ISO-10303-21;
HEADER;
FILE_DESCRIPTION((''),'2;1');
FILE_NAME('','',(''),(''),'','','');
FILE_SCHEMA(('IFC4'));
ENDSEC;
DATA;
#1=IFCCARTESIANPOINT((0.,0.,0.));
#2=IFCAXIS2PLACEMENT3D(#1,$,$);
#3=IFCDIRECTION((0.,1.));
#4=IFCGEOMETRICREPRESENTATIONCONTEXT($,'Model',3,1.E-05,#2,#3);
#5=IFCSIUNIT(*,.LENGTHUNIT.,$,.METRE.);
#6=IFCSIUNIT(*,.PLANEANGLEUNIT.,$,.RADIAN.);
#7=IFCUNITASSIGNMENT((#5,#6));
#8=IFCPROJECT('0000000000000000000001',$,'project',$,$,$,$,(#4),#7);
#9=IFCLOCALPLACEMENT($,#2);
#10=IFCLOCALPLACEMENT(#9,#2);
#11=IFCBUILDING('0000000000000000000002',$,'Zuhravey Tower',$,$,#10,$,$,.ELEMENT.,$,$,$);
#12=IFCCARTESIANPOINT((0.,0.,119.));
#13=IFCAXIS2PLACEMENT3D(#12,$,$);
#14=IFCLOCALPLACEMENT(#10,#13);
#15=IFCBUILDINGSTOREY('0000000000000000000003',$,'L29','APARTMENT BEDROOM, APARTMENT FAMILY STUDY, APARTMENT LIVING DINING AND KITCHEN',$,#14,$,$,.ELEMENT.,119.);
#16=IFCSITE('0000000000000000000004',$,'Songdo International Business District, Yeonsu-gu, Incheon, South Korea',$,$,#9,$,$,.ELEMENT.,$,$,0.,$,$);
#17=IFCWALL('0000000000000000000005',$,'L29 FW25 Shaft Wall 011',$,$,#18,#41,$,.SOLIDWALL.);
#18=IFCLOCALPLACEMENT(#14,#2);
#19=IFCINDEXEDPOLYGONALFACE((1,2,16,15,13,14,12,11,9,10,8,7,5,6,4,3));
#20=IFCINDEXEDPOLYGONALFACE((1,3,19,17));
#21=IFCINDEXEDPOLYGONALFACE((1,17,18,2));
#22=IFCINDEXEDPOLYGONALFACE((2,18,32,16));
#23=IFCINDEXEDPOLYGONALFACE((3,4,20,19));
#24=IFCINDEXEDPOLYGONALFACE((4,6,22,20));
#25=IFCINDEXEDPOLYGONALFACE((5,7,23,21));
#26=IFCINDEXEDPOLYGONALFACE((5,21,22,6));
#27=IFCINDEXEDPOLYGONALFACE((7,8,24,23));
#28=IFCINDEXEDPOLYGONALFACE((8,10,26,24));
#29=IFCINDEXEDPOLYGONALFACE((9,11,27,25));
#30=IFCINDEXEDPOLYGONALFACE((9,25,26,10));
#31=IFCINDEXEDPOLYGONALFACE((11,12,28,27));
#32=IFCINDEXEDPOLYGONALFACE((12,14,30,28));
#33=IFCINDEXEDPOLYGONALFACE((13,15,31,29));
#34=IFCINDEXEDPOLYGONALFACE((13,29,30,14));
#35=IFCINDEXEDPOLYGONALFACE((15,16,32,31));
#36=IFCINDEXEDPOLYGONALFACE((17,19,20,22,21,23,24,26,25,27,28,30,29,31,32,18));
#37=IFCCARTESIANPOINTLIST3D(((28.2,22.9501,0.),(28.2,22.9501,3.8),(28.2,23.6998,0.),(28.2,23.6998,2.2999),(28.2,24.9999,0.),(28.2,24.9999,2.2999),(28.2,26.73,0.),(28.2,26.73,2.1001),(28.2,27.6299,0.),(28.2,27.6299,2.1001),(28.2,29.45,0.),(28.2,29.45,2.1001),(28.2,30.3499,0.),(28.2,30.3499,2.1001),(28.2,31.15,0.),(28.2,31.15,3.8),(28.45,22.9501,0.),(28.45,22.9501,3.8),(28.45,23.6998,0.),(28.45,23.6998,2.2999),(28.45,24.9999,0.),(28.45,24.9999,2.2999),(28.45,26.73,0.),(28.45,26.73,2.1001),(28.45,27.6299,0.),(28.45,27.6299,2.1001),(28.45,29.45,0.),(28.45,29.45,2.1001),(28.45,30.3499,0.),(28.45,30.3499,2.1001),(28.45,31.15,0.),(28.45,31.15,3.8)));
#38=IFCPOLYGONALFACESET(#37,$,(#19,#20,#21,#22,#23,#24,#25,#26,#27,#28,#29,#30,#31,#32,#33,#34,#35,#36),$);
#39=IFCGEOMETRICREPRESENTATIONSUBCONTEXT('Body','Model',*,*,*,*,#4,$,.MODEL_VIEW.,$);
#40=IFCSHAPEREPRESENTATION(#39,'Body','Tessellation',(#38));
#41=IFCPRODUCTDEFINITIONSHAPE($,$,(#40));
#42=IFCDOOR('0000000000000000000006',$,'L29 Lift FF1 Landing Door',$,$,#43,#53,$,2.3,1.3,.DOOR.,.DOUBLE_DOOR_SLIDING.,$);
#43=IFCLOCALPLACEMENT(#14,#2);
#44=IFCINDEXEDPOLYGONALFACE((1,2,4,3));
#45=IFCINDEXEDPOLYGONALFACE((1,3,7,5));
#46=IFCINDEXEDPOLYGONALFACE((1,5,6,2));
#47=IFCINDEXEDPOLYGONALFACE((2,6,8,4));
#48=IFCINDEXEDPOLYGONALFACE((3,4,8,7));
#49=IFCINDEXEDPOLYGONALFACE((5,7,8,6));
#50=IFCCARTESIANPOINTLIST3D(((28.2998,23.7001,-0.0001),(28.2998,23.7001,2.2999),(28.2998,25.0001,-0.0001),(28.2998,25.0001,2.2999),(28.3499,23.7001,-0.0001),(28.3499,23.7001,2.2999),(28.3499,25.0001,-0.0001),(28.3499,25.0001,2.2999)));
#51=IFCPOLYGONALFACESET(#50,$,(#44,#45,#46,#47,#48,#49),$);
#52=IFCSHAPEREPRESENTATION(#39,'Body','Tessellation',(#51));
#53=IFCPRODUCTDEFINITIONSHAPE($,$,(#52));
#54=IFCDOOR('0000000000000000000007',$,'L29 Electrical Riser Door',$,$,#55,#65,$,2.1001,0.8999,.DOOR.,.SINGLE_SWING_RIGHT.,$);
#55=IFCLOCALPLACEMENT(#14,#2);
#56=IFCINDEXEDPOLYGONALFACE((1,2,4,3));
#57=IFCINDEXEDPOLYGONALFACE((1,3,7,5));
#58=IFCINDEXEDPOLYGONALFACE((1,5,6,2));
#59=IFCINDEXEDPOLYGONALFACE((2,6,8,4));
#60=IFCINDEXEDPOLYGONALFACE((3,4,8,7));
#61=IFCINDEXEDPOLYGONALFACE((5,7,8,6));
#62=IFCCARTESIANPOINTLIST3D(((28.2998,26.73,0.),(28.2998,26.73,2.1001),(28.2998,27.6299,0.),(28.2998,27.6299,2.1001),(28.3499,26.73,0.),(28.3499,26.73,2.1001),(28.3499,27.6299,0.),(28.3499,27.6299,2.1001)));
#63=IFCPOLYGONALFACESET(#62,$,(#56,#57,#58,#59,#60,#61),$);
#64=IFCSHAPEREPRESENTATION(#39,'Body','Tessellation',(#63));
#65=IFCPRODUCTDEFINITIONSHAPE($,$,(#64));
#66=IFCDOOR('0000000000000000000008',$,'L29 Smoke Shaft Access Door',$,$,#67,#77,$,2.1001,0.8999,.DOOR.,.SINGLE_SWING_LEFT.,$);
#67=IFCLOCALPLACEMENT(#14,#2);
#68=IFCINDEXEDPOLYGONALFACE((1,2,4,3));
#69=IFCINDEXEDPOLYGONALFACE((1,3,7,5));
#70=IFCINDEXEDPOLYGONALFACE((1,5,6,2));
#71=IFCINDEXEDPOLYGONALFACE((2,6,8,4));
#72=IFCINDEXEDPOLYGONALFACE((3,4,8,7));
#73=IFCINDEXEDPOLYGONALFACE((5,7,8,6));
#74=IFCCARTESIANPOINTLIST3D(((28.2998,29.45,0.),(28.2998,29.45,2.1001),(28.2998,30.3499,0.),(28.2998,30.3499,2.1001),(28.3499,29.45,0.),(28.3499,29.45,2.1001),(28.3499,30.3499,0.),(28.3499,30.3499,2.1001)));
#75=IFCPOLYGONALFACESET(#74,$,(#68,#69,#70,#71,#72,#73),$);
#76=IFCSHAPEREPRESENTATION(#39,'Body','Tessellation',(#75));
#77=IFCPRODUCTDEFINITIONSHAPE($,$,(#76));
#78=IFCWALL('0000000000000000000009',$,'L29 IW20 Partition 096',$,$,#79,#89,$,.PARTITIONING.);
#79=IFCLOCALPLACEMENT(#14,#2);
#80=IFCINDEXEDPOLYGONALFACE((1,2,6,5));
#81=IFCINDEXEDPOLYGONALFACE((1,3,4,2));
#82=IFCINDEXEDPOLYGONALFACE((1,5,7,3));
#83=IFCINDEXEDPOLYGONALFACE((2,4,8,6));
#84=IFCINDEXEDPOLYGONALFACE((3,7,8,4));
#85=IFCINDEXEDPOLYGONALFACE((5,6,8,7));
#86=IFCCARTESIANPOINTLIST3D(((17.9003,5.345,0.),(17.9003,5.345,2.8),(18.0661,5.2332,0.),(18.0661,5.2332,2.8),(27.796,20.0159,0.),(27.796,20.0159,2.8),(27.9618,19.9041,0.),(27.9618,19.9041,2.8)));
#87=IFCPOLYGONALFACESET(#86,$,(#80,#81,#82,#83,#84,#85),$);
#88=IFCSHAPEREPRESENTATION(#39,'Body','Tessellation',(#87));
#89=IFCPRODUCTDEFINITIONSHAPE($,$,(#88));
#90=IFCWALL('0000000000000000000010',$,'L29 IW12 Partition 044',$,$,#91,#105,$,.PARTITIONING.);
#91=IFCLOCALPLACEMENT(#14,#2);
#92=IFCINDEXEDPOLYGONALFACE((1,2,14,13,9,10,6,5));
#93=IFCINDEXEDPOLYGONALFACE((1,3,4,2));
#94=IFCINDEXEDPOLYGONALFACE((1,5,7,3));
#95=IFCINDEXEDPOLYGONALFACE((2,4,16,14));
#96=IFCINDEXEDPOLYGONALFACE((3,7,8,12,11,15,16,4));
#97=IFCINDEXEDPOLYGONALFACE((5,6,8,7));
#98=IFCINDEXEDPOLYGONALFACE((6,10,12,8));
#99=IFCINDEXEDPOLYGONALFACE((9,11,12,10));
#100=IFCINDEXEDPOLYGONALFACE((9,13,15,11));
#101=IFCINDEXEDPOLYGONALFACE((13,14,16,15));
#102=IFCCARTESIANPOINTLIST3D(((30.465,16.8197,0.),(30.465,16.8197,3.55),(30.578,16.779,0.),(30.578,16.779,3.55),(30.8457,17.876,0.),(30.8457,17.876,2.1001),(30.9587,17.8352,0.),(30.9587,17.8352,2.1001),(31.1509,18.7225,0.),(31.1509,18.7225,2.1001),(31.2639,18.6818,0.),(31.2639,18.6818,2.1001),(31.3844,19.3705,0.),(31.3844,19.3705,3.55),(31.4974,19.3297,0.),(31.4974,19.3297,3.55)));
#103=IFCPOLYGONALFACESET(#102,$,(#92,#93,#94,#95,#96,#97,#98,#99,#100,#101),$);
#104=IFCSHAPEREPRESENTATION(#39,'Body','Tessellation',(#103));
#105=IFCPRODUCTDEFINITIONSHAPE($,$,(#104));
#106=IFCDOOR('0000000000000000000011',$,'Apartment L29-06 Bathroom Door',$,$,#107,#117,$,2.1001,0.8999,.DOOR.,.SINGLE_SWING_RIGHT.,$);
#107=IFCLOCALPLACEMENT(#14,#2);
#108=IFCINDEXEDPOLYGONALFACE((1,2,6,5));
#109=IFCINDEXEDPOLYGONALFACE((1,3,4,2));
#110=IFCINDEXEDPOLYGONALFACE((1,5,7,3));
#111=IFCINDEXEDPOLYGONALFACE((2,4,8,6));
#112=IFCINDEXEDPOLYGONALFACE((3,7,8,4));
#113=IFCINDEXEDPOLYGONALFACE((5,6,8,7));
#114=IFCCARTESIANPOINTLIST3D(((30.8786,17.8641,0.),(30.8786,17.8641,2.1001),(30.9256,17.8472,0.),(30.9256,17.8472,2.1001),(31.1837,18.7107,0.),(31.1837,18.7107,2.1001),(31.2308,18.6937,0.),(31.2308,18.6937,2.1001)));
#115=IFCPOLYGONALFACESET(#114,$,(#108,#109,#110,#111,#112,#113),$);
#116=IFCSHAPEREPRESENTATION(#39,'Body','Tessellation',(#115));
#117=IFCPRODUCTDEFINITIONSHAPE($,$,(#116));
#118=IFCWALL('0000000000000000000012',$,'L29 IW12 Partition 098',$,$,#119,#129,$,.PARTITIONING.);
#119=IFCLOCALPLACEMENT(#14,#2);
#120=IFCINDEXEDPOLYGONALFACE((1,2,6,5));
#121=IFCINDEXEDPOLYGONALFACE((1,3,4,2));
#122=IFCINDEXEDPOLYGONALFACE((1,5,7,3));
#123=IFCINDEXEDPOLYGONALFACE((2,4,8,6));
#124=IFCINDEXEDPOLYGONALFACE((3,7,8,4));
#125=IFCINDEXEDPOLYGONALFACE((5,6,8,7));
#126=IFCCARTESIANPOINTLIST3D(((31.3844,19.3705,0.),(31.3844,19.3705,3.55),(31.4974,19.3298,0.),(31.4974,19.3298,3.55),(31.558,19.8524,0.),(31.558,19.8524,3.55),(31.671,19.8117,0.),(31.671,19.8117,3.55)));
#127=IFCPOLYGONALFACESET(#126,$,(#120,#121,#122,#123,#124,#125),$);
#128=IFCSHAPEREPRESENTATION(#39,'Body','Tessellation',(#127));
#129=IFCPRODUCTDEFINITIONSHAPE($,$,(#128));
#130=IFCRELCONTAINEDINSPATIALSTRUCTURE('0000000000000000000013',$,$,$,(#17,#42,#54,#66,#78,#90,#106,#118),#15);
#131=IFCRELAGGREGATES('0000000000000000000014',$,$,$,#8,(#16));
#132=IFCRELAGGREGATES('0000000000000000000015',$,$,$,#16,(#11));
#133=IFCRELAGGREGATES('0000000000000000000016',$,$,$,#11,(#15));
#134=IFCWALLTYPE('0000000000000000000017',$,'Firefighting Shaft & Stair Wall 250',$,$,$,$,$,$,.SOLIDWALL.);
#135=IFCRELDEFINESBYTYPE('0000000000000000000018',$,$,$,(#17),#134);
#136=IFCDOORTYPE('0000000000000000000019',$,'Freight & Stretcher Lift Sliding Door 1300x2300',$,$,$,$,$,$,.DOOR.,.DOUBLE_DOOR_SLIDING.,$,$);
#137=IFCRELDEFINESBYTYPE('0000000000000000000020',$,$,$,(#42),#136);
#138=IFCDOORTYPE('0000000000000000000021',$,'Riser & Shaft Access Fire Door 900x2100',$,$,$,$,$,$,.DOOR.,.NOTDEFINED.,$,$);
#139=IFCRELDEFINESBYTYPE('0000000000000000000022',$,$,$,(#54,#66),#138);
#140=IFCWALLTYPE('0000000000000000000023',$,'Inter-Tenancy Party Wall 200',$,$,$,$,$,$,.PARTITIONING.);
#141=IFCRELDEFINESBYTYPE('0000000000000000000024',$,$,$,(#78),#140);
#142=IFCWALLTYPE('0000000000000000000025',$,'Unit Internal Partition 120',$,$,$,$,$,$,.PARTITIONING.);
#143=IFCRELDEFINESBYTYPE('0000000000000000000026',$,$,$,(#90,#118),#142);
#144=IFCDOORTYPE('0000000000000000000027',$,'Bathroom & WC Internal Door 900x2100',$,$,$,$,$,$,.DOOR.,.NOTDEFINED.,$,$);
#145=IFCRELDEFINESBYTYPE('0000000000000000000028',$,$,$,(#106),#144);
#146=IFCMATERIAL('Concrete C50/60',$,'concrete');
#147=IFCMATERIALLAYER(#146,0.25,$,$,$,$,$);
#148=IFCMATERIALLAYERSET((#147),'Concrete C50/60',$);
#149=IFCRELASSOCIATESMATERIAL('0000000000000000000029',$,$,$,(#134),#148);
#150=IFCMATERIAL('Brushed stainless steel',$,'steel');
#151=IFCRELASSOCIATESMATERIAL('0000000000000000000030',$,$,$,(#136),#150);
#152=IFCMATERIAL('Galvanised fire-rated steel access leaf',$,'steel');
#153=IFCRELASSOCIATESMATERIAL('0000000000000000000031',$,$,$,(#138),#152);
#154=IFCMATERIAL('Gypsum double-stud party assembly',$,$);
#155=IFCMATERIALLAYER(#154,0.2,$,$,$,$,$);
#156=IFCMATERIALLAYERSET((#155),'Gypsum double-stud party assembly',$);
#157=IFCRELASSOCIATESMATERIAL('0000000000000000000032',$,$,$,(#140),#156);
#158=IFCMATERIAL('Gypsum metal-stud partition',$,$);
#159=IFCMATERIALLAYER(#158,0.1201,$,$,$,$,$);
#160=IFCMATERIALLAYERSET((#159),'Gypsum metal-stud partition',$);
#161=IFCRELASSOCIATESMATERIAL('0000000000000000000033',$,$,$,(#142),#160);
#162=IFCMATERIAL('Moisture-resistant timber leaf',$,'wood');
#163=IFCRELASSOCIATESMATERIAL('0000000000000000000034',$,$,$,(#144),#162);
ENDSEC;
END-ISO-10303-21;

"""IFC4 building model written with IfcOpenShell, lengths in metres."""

from ifc_helpers import new_model, si_unit, direction, frame, frame_2d, origin, place, context, subcontext, project, spatial, rectangle, extrude, material, layer, layer_set, type_object, element, fill, save


model = new_model("IFC4")

# Units and contexts
model_context = context("Model", 3, precision=1e-05, world=origin(), true_north=direction((0.0, 1.0)))
body_context = subcontext(model_context, "Body", "Model", "MODEL_VIEW")
ifc_project = project(units=[si_unit("LENGTHUNIT", "METRE"), si_unit("PLANEANGLEUNIT", "RADIAN")], contexts=[model_context])

# Site, building, storey
site_placement = place(None, origin())
site = spatial("IfcSite", under=ifc_project, at=site_placement, Name="Songdo International Business District, Yeonsu-gu, Incheon, South Korea", CompositionType="ELEMENT", RefElevation=0.0)
building_placement = place(site_placement, origin())
building = spatial("IfcBuilding", under=site, at=building_placement, Name="Zuhravey Tower", CompositionType="ELEMENT")
storey_placement = place(building_placement, frame((0.0, 0.0, 119.0)))
storey = spatial("IfcBuildingStorey", under=building, at=storey_placement, Name="L29", Description="APARTMENT BEDROOM, APARTMENT FAMILY STUDY, APARTMENT LIVING DINING AND KITCHEN", CompositionType="ELEMENT", Elevation=119.0)

# Wall, openings, doors
ifc_material_1 = material(Name="Concrete C50/60", Category="concrete")
ifc_layer_1 = layer(ifc_material_1, 0.25)
ifc_layer_set_1 = layer_set([ifc_layer_1], Name="Concrete C50/60")
wall_type_1 = type_object("IfcWallType", Name="Firefighting Shaft & Stair Wall 250", PredefinedType="SOLIDWALL", material=ifc_layer_set_1)
wall_1_placement = place(storey_placement, frame((28.325, 22.95, 0.0), z_axis=(0.0, 0.0, 1.0), x_axis=(0.0, 1.0, 0.0)))
wall_1 = element("IfcWall", 1, at=wall_1_placement, inside=storey, type_object=wall_type_1, Name="L29 FW25 Shaft Wall 011", PredefinedType="SOLIDWALL", context=body_context, shape_type="SweptSolid", body=[
    extrude(rectangle(XDim=8.2, YDim=0.25, at=frame_2d((4.1001, 0.0))), origin(), (0.0, 0.0, 1.0), 3.8),
])
opening_1_placement = place(wall_1_placement, frame((0.75, 0.0, 0.0)))
opening_1 = element("IfcOpeningElement", 2, at=opening_1_placement, cuts=wall_1, PredefinedType="OPENING", context=body_context, shape_type="SweptSolid", body=[
    extrude(rectangle(XDim=1.3, YDim=2.3, at=frame_2d((0.6499, 1.1499))), frame((0.0, 0.137, 0.0), z_axis=(0.0, -1.0, 0.0), x_axis=(1.0, 0.0, 0.0)), (0.0, 0.0, 1.0), 0.2739),
])
opening_2_placement = place(wall_1_placement, frame((3.78, 0.0, 0.0)))
opening_2 = element("IfcOpeningElement", 3, at=opening_2_placement, cuts=wall_1, PredefinedType="OPENING", context=body_context, shape_type="SweptSolid", body=[
    extrude(rectangle(XDim=0.8999, YDim=2.1001, at=frame_2d((0.45, 1.05))), frame((0.0, 0.137, 0.0), z_axis=(0.0, -1.0, 0.0), x_axis=(1.0, 0.0, 0.0)), (0.0, 0.0, 1.0), 0.2739),
])
opening_3_placement = place(wall_1_placement, frame((6.5, 0.0, 0.0)))
opening_3 = element("IfcOpeningElement", 4, at=opening_3_placement, cuts=wall_1, PredefinedType="OPENING", context=body_context, shape_type="SweptSolid", body=[
    extrude(rectangle(XDim=0.8999, YDim=2.1001, at=frame_2d((0.45, 1.05))), frame((0.0, 0.137, 0.0), z_axis=(0.0, -1.0, 0.0), x_axis=(1.0, 0.0, 0.0)), (0.0, 0.0, 1.0), 0.2739),
])
ifc_material_2 = material(Name="Brushed stainless steel", Category="steel")
door_type_1 = type_object("IfcDoorType", Name="Freight & Stretcher Lift Sliding Door 1300x2300", OperationType="DOUBLE_DOOR_SLIDING", PredefinedType="DOOR", material=ifc_material_2)
door_1_placement = place(opening_1_placement, frame((1.3, 0.0, 0.0), z_axis=(0.0, 0.0, 1.0), x_axis=(-1.0, 0.0, 0.0)))
door_1 = element("IfcDoor", 5, at=door_1_placement, inside=storey, type_object=door_type_1, Name="L29 Lift FF1 Landing Door", OperationType="DOUBLE_DOOR_SLIDING", OverallHeight=2.3, OverallWidth=1.3, PredefinedType="DOOR", context=body_context, shape_type="SweptSolid", body=[
    extrude(rectangle(XDim=1.3, YDim=2.3, at=frame_2d((0.6499, 1.1499))), frame((0.0, 0.0249, 0.0), z_axis=(0.0, -1.0, 0.0), x_axis=(1.0, 0.0, 0.0)), (0.0, 0.0, 1.0), 0.05),
])
fill(opening_1, door_1)
ifc_material_3 = material(Name="Galvanised fire-rated steel access leaf", Category="steel")
door_type_2 = type_object("IfcDoorType", Name="Riser & Shaft Access Fire Door 900x2100", OperationType="NOTDEFINED", PredefinedType="DOOR", material=ifc_material_3)
door_2_placement = place(opening_2_placement, frame((0.8999, 0.0, 0.0), z_axis=(0.0, 0.0, 1.0), x_axis=(-1.0, 0.0, 0.0)))
door_2 = element("IfcDoor", 6, at=door_2_placement, inside=storey, type_object=door_type_2, Name="L29 Electrical Riser Door", OperationType="SINGLE_SWING_RIGHT", OverallHeight=2.1001, OverallWidth=0.8999, PredefinedType="DOOR", context=body_context, shape_type="SweptSolid", body=[
    extrude(rectangle(XDim=0.8999, YDim=2.1001, at=frame_2d((0.45, 1.05))), frame((0.0, 0.0249, 0.0), z_axis=(0.0, -1.0, 0.0), x_axis=(1.0, 0.0, 0.0)), (0.0, 0.0, 1.0), 0.05),
])
fill(opening_2, door_2)
door_3_placement = place(opening_3_placement, frame((0.8999, 0.0, 0.0), z_axis=(0.0, 0.0, 1.0), x_axis=(-1.0, 0.0, 0.0)))
door_3 = element("IfcDoor", 7, at=door_3_placement, inside=storey, type_object=door_type_2, Name="L29 Smoke Shaft Access Door", OperationType="SINGLE_SWING_LEFT", OverallHeight=2.1001, OverallWidth=0.8999, PredefinedType="DOOR", context=body_context, shape_type="SweptSolid", body=[
    extrude(rectangle(XDim=0.8999, YDim=2.1001, at=frame_2d((0.45, 1.05))), frame((0.0, 0.0249, 0.0), z_axis=(0.0, -1.0, 0.0), x_axis=(1.0, 0.0, 0.0)), (0.0, 0.0, 1.0), 0.05),
])
fill(opening_3, door_3)

# Wall
ifc_material_4 = material(Name="Gypsum double-stud party assembly")
ifc_layer_2 = layer(ifc_material_4, 0.2)
ifc_layer_set_2 = layer_set([ifc_layer_2], Name="Gypsum double-stud party assembly")
wall_type_2 = type_object("IfcWallType", Name="Inter-Tenancy Party Wall 200", PredefinedType="PARTITIONING", material=ifc_layer_set_2)
wall_2_placement = place(storey_placement, frame((27.8789, 19.96, 0.0), z_axis=(0.0, 0.0, 1.0), x_axis=(-0.559197, -0.829035, 0.0)))
element("IfcWall", 8, at=wall_2_placement, inside=storey, type_object=wall_type_2, Name="L29 IW20 Partition 096", PredefinedType="PARTITIONING", context=body_context, shape_type="SweptSolid", body=[
    extrude(rectangle(XDim=17.6963, YDim=0.2, at=frame_2d((8.8481, 0.0))), origin(), (0.0, 0.0, 1.0), 2.8),
])

# Wall, opening, door
ifc_material_5 = material(Name="Gypsum metal-stud partition")
ifc_layer_3 = layer(ifc_material_5, 0.1201)
ifc_layer_set_3 = layer_set([ifc_layer_3], Name="Gypsum metal-stud partition")
wall_type_3 = type_object("IfcWallType", Name="Unit Internal Partition 120", PredefinedType="PARTITIONING", material=ifc_layer_set_3)
wall_3_placement = place(storey_placement, frame((31.4409, 19.3501, 0.0), z_axis=(0.0, 0.0, 1.0), x_axis=(-0.339096, -0.940752, 0.0)))
wall_3 = element("IfcWall", 9, at=wall_3_placement, inside=storey, type_object=wall_type_3, Name="L29 IW12 Partition 044", PredefinedType="PARTITIONING", context=body_context, shape_type="SweptSolid", body=[
    extrude(rectangle(XDim=2.7114, YDim=0.1201, at=frame_2d((1.3557, 0.0))), origin(), (0.0, 0.0, 1.0), 3.55),
])
opening_4_placement = place(wall_3_placement, frame((0.6887, 0.0, 0.0)))
opening_4 = element("IfcOpeningElement", 10, at=opening_4_placement, cuts=wall_3, PredefinedType="OPENING", context=body_context, shape_type="SweptSolid", body=[
    extrude(rectangle(XDim=0.8999, YDim=2.1001, at=frame_2d((0.45, 1.05))), frame((0.0, 0.072, 0.0), z_axis=(0.0, -1.0, 0.0), x_axis=(1.0, 0.0, 0.0)), (0.0, 0.0, 1.0), 0.144),
])
ifc_material_6 = material(Name="Moisture-resistant timber leaf", Category="wood")
door_type_3 = type_object("IfcDoorType", Name="Bathroom & WC Internal Door 900x2100", OperationType="NOTDEFINED", PredefinedType="DOOR", material=ifc_material_6)
door_4_placement = place(opening_4_placement, origin())
door_4 = element("IfcDoor", 11, at=door_4_placement, inside=storey, type_object=door_type_3, Name="Apartment L29-06 Bathroom Door", OperationType="SINGLE_SWING_RIGHT", OverallHeight=2.1001, OverallWidth=0.8999, PredefinedType="DOOR", context=body_context, shape_type="SweptSolid", body=[
    extrude(rectangle(XDim=0.8999, YDim=2.1001, at=frame_2d((0.45, 1.05))), frame((0.0, 0.0249, 0.0), z_axis=(0.0, -1.0, 0.0), x_axis=(1.0, 0.0, 0.0)), (0.0, 0.0, 1.0), 0.05),
])
fill(opening_4, door_4)

# Wall
wall_4_placement = place(storey_placement, frame((31.6145, 19.832, 0.0), z_axis=(0.0, 0.0, 1.0), x_axis=(-0.338871, -0.940833, 0.0)))
element("IfcWall", 12, at=wall_4_placement, inside=storey, type_object=wall_type_3, Name="L29 IW12 Partition 098", PredefinedType="PARTITIONING", context=body_context, shape_type="SweptSolid", body=[
    extrude(rectangle(XDim=0.5122, YDim=0.1201, at=frame_2d((0.2561, 0.0))), origin(), (0.0, 0.0, 1.0), 3.55),
])

save(model, "model.ifc")
